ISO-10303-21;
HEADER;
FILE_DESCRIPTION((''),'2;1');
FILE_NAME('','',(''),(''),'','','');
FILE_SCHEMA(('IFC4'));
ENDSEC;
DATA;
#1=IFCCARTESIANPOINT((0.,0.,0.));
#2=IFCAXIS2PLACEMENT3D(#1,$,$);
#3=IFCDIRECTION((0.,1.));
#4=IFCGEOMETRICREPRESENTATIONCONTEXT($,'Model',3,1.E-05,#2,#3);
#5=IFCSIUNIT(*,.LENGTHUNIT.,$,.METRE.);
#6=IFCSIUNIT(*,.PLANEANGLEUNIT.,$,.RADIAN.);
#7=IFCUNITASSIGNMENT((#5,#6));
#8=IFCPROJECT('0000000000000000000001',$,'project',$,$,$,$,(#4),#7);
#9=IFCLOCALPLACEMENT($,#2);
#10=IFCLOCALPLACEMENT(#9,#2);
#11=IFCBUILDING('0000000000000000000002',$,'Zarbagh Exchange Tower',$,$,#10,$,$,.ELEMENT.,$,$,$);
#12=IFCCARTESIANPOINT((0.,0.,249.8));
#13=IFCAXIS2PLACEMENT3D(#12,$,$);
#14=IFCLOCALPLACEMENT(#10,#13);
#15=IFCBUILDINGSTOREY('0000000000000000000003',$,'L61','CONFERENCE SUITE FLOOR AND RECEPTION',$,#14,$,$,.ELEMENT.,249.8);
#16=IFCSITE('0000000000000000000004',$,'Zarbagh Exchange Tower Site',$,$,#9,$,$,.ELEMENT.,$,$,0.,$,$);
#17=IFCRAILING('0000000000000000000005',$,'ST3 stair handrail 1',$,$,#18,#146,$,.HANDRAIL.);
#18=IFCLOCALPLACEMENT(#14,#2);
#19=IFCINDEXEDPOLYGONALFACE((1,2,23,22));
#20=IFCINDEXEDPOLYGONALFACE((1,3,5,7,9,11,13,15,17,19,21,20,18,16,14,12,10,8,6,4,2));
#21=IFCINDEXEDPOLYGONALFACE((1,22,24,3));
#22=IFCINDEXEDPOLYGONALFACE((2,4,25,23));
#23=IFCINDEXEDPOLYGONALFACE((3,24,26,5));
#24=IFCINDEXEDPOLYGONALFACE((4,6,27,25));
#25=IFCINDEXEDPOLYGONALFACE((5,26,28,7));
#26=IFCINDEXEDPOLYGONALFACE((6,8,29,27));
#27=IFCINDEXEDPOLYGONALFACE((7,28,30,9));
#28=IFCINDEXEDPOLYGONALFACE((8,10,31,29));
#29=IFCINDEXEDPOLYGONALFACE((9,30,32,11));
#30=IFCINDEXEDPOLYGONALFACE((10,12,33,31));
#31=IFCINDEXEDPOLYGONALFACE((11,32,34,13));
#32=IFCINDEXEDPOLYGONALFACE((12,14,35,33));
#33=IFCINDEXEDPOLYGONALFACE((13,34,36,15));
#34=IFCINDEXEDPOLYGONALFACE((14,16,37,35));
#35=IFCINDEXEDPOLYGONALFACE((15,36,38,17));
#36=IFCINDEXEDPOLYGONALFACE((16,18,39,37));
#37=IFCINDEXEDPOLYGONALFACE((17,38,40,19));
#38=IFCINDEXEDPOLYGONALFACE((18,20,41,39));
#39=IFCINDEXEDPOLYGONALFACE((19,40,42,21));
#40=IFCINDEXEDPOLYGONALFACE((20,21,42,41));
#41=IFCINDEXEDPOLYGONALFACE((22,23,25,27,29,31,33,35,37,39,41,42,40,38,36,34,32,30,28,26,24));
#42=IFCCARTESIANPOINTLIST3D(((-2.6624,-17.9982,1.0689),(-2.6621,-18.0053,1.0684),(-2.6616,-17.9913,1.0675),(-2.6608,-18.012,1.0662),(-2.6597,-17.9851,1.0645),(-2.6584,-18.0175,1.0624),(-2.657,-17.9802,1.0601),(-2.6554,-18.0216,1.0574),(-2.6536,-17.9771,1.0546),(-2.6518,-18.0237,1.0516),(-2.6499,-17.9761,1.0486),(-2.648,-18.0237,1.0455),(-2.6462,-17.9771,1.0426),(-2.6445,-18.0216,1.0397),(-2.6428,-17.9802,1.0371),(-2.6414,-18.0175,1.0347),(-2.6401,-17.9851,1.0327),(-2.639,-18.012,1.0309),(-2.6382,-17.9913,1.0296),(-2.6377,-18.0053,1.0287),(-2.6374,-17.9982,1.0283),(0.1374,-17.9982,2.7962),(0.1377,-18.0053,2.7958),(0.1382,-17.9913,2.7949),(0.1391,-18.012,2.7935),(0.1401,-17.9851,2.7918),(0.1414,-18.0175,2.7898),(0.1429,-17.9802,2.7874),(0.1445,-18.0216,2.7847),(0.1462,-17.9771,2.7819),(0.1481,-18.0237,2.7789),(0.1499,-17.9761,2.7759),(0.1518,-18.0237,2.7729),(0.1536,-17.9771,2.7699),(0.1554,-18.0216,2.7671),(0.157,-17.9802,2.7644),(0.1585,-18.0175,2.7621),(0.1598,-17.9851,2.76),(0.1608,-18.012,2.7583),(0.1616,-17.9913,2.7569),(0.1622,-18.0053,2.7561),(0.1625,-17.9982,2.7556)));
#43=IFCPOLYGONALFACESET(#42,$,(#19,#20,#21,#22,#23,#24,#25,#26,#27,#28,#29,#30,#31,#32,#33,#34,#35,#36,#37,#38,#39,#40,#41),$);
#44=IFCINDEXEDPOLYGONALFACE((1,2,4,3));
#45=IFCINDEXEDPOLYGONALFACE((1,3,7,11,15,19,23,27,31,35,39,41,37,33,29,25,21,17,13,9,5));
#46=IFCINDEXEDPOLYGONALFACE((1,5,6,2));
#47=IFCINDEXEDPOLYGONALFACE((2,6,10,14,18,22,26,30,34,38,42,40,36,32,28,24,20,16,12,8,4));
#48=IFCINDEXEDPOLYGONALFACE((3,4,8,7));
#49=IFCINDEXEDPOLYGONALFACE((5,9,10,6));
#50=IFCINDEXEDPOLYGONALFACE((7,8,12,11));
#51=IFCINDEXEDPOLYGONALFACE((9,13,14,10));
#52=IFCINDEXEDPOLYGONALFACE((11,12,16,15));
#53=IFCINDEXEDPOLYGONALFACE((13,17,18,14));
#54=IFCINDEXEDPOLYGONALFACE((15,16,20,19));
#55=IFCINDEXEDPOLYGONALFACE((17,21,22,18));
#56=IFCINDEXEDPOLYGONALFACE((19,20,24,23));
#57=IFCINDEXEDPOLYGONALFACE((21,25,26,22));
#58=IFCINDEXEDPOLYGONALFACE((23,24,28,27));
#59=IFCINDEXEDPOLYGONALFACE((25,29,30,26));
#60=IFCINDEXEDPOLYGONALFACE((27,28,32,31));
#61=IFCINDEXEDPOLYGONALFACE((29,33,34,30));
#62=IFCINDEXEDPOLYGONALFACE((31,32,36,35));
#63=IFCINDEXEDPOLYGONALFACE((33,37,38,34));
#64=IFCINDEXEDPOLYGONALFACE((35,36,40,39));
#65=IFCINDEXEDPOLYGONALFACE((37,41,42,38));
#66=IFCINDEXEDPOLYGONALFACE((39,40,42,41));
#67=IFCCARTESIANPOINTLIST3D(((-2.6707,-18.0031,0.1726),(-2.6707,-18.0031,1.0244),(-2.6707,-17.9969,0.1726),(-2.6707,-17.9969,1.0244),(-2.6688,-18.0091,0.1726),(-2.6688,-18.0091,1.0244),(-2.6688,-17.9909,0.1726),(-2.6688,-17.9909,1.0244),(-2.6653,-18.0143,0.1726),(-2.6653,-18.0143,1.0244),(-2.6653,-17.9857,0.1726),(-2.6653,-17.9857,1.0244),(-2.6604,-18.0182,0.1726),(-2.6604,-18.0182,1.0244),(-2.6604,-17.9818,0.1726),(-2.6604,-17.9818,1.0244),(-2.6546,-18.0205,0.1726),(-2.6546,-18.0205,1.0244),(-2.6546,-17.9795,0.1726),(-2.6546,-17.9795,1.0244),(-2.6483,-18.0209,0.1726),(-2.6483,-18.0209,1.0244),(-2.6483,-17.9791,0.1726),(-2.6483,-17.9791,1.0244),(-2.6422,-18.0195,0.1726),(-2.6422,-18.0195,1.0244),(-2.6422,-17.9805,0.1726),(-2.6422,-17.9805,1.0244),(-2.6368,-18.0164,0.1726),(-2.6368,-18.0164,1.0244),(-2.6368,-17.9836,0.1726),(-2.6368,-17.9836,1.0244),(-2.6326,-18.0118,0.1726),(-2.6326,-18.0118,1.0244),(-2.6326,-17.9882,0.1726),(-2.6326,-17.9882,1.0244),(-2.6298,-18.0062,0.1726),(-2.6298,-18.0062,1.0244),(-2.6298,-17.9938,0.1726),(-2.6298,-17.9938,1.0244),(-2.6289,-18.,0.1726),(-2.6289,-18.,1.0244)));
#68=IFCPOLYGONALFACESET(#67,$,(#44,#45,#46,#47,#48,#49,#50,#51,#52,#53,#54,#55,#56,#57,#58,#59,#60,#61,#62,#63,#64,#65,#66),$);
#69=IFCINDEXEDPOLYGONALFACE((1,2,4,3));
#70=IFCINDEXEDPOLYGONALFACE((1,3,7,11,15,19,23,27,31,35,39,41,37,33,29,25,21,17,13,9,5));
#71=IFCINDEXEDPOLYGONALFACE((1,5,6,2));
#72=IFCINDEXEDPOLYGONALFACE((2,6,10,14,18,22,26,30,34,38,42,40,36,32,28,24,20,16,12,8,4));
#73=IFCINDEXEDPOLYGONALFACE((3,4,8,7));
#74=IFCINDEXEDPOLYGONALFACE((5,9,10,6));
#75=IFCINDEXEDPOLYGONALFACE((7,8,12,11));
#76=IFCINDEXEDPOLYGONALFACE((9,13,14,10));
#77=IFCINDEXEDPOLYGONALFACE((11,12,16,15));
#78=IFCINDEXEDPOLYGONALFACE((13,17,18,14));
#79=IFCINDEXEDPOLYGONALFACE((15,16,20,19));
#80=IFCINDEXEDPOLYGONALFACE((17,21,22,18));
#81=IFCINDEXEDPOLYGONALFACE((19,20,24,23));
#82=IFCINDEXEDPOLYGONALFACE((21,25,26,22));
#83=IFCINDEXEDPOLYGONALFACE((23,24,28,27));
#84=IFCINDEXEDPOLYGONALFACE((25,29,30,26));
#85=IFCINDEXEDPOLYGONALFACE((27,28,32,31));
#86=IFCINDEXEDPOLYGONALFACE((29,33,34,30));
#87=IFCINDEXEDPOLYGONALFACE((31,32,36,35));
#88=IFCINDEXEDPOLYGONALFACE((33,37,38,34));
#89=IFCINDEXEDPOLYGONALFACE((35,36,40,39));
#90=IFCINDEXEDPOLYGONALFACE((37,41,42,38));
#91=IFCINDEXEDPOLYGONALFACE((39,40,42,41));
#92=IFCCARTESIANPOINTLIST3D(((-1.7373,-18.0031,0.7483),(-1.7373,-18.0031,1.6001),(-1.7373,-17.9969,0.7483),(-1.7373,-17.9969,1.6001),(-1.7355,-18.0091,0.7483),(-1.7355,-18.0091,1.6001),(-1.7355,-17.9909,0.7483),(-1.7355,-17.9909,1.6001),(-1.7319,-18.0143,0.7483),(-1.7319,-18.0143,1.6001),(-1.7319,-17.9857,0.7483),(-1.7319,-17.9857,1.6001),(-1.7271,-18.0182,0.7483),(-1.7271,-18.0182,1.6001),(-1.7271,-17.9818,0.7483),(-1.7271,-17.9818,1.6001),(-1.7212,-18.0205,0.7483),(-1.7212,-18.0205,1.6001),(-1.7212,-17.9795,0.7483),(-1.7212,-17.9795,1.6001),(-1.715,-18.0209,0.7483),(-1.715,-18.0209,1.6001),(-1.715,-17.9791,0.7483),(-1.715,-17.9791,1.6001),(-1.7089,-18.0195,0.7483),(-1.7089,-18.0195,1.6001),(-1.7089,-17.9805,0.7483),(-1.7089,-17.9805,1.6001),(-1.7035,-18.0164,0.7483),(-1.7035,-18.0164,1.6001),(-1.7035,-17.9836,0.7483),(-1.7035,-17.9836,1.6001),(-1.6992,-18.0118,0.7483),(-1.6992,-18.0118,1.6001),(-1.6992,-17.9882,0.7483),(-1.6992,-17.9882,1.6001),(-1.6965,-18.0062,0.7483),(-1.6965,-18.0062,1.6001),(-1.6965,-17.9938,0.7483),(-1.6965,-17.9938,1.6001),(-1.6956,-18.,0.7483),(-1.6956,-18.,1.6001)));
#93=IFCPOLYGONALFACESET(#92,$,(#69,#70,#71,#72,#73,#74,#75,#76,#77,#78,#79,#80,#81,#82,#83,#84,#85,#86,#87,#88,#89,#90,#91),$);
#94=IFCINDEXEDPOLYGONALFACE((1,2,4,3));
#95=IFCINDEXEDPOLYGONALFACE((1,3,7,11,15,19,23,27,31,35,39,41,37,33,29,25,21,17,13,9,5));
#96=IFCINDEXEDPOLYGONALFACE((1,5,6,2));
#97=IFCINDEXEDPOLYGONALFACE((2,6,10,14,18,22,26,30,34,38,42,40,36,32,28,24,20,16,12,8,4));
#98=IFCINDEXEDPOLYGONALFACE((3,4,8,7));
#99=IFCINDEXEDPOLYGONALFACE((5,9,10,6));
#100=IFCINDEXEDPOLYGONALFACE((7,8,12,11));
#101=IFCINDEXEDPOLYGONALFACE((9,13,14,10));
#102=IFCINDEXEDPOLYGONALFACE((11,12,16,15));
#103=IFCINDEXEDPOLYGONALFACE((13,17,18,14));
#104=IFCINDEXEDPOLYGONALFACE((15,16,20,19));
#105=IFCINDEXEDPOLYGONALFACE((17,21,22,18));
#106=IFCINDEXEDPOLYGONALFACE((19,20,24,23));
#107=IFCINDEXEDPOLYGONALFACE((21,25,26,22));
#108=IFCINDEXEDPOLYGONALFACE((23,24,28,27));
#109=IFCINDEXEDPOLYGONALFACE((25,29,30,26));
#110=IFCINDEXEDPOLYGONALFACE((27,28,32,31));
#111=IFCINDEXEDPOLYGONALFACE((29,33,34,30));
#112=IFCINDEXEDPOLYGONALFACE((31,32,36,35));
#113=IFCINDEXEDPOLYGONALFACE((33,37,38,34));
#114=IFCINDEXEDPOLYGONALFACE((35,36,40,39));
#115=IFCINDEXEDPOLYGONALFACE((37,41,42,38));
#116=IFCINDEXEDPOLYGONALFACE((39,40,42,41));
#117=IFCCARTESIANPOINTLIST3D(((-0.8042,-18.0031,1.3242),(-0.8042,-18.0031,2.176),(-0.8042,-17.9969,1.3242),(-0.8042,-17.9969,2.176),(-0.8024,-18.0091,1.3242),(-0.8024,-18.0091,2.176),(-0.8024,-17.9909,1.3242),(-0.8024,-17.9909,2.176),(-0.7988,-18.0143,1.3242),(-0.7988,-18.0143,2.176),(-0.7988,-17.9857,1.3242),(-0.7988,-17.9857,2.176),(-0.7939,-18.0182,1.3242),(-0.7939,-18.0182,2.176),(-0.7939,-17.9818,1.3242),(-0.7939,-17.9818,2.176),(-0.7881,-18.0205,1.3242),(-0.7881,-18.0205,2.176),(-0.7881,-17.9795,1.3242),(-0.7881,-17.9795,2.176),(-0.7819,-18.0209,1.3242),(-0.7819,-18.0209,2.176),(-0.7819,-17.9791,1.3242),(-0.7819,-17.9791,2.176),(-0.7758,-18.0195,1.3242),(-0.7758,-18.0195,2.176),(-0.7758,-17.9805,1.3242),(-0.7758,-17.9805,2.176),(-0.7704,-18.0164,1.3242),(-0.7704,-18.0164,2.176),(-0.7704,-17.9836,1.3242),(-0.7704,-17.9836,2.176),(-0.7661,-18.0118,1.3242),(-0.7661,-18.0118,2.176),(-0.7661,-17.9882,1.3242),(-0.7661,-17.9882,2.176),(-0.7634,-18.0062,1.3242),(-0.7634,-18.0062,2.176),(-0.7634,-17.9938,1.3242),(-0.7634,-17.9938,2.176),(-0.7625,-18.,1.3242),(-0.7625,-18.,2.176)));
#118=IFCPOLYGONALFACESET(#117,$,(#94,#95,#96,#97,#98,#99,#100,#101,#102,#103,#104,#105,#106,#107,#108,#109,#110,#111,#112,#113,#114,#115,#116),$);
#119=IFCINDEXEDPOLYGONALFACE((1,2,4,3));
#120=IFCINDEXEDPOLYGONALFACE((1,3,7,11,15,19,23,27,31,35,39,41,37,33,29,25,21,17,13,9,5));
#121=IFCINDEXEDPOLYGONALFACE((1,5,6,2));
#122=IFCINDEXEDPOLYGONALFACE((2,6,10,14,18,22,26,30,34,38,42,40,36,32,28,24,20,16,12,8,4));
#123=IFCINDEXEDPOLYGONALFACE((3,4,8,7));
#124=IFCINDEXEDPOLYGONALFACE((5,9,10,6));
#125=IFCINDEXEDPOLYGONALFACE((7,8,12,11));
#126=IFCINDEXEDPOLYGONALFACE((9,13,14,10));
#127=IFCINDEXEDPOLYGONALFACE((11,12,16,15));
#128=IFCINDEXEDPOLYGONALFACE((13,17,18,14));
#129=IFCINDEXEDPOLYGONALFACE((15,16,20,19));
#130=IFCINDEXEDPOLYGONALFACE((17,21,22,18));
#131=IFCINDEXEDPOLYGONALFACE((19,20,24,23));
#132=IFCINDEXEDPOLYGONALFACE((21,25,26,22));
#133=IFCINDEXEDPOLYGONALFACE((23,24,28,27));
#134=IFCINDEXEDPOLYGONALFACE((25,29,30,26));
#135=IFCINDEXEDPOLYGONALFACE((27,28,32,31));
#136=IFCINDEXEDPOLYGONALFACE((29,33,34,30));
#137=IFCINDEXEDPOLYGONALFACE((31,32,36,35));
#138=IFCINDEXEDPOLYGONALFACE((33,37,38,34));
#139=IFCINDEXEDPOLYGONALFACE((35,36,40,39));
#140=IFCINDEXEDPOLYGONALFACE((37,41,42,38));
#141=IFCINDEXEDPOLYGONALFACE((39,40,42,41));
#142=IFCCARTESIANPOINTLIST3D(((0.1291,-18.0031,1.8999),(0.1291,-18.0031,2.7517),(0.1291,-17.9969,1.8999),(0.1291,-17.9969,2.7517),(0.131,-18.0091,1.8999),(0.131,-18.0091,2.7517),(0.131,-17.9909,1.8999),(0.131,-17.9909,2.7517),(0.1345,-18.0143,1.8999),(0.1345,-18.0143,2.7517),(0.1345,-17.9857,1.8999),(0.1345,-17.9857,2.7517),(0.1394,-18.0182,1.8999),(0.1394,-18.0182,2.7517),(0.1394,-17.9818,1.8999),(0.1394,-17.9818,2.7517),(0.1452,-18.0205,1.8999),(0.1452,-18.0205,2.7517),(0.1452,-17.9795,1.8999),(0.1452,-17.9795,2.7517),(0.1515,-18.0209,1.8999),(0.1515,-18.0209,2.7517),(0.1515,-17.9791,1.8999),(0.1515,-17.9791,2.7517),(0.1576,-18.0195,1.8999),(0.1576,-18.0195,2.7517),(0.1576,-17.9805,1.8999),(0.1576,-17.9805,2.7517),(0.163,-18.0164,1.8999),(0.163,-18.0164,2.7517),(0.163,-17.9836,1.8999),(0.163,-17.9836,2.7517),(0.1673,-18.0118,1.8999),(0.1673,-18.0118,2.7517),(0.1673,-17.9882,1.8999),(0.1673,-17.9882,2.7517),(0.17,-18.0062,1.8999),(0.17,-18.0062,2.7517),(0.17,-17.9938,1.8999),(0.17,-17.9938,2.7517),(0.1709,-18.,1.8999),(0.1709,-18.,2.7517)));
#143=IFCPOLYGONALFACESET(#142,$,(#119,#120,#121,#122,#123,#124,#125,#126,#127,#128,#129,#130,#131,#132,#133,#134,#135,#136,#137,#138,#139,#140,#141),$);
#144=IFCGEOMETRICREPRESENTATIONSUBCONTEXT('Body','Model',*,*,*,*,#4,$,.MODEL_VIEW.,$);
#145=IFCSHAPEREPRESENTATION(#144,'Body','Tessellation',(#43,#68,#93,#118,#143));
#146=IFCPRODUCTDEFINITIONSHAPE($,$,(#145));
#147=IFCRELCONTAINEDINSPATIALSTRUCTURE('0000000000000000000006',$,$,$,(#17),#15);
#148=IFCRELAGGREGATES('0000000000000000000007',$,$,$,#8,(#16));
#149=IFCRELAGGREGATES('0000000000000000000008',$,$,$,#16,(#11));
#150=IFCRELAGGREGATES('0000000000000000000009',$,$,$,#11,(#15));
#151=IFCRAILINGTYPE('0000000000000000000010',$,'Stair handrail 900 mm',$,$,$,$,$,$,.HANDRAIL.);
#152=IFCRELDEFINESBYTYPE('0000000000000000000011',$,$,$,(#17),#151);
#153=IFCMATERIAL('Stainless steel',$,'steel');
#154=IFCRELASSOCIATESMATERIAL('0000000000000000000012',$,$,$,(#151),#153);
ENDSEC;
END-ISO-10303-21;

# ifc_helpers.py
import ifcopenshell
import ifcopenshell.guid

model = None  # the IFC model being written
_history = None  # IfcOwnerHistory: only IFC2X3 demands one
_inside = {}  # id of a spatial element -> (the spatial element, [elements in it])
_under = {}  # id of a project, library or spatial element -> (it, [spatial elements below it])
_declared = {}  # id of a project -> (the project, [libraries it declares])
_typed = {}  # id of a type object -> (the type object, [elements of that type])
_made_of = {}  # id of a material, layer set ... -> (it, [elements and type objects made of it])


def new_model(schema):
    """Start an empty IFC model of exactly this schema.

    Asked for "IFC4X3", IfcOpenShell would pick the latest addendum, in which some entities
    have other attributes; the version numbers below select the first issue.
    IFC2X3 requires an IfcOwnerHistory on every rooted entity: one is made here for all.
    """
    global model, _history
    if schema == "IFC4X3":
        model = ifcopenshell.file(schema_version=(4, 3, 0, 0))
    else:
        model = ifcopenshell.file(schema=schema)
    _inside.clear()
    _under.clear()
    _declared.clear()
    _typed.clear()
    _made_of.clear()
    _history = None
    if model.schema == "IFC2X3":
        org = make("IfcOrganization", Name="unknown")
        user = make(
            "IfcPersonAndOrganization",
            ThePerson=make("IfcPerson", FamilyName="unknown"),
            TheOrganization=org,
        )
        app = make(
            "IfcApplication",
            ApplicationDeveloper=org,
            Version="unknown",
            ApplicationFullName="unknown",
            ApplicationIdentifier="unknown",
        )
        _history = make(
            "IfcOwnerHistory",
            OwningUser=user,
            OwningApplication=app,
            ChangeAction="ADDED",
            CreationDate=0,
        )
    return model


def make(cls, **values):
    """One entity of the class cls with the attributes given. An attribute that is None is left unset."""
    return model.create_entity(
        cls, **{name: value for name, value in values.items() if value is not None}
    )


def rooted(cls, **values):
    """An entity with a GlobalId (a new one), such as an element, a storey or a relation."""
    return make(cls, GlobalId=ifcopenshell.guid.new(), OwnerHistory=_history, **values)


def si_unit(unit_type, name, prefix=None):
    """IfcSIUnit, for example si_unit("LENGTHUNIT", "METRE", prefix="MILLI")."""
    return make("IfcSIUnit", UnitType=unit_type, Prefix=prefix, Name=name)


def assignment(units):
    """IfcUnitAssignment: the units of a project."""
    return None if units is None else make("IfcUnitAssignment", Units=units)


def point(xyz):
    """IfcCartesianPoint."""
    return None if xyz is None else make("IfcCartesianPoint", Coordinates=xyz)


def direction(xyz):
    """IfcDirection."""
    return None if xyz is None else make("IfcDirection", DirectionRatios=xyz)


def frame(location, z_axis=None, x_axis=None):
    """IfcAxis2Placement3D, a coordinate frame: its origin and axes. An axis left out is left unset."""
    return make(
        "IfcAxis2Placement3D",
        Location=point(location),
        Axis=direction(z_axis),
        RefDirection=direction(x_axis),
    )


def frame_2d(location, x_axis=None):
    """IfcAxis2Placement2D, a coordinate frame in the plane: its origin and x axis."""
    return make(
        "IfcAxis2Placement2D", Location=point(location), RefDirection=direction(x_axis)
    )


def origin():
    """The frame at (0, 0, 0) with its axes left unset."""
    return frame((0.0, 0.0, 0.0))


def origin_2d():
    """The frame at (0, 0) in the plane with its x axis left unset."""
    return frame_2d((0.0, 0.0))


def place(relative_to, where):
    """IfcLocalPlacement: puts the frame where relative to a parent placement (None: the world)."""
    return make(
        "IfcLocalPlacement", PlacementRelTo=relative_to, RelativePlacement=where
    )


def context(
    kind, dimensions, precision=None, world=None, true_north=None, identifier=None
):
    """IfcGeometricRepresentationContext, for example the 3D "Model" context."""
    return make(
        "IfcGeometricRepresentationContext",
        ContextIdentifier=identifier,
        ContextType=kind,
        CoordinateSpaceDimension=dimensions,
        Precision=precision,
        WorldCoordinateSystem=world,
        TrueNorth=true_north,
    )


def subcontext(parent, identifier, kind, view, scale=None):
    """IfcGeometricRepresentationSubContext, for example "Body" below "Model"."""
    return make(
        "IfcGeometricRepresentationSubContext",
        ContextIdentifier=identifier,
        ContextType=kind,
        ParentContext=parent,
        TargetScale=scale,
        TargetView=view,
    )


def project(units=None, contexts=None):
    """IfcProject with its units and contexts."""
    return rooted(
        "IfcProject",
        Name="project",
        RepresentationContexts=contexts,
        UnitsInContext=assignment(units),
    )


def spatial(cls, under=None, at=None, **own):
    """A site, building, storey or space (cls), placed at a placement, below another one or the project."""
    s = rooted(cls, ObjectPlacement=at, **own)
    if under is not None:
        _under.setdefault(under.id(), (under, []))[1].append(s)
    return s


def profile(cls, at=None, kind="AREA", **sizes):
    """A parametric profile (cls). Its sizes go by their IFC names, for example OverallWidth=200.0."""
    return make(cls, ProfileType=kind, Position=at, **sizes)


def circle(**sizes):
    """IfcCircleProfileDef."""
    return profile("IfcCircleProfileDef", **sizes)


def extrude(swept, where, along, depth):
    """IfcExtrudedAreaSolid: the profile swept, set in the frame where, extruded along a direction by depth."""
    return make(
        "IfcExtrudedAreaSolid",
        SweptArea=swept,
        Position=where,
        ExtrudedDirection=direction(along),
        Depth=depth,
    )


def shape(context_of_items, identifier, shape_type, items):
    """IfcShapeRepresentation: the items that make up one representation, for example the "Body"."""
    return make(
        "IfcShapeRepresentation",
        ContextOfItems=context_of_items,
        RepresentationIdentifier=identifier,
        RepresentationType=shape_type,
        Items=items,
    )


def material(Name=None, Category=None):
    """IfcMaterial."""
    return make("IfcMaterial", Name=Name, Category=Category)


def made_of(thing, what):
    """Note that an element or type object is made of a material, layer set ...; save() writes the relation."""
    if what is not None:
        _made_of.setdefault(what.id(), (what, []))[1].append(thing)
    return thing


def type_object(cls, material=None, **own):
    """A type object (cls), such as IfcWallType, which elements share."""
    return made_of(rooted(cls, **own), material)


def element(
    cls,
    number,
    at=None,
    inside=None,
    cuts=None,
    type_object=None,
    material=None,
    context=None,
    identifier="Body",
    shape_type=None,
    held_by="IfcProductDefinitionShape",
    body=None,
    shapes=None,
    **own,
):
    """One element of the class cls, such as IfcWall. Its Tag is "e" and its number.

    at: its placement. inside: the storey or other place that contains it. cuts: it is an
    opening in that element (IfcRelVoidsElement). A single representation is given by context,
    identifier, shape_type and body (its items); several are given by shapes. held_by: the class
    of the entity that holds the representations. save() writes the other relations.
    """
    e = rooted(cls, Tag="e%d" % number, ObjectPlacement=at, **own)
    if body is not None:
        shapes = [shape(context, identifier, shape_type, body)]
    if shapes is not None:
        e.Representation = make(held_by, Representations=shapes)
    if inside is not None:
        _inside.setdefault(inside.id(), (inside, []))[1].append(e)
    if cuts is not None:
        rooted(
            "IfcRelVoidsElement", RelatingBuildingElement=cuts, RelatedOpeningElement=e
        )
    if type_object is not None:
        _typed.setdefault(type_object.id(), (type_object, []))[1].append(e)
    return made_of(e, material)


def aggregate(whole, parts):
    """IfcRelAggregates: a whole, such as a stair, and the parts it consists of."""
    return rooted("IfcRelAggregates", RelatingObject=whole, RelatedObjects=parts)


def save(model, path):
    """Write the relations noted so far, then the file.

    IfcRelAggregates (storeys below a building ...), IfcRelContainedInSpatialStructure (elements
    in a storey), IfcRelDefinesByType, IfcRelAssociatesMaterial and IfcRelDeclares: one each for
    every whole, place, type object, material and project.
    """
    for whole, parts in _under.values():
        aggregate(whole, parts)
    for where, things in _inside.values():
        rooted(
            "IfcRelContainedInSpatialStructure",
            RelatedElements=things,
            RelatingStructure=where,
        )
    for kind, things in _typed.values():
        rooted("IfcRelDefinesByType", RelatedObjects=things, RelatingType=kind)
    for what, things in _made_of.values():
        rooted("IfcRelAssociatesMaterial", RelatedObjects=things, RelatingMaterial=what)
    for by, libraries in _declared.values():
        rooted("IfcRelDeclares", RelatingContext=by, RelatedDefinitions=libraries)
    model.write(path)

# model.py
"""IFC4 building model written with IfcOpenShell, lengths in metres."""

from ifc_helpers import new_model, si_unit, direction, frame, origin, origin_2d, place, context, subcontext, project, spatial, circle, extrude, material, type_object, element, save


model = new_model("IFC4")

# Units and contexts
model_context = context("Model", 3, precision=1e-05, world=origin(), true_north=direction((0.0, 1.0)))
body_context = subcontext(model_context, "Body", "Model", "MODEL_VIEW")
ifc_project = project(units=[si_unit("LENGTHUNIT", "METRE"), si_unit("PLANEANGLEUNIT", "RADIAN")], contexts=[model_context])

# Site, building, storey
site_placement = place(None, origin())
site = spatial("IfcSite", under=ifc_project, at=site_placement, Name="Zarbagh Exchange Tower Site", CompositionType="ELEMENT", RefElevation=0.0)
building_placement = place(site_placement, origin())
building = spatial("IfcBuilding", under=site, at=building_placement, Name="Zarbagh Exchange Tower", CompositionType="ELEMENT")
storey_placement = place(building_placement, frame((0.0, 0.0, 249.8)))
storey = spatial("IfcBuildingStorey", under=building, at=storey_placement, Name="L61", Description="CONFERENCE SUITE FLOOR AND RECEPTION", CompositionType="ELEMENT", Elevation=249.8)

# Railing
ifc_material_1 = material(Name="Stainless steel", Category="steel")
railing_type = type_object("IfcRailingType", Name="Stair handrail 900 mm", PredefinedType="HANDRAIL", material=ifc_material_1)
railing_placement = place(storey_placement, frame((-2.6499, -18.0, 0.1726)))
element("IfcRailing", 1, at=railing_placement, inside=storey, type_object=railing_type, Name="ST3 stair handrail 1", PredefinedType="HANDRAIL", context=body_context, shape_type="SweptSolid", body=[
    extrude(circle(Radius=0.0239, at=origin_2d()), frame((0.0, 0.0, 0.876), z_axis=(0.851069, 0.0, 0.525054), x_axis=(0.0, 1.0, 0.0)), (0.0, 0.0, 1.0), 3.2898),
    extrude(circle(Radius=0.021, at=origin_2d()), origin(), (0.0, 0.0, 1.0), 0.8518),
    extrude(circle(Radius=0.021, at=origin_2d()), frame((0.9333, 0.0, 0.5757)), (0.0, 0.0, 1.0), 0.8518),
    extrude(circle(Radius=0.021, at=origin_2d()), frame((1.8665, 0.0, 1.1516)), (0.0, 0.0, 1.0), 0.8518),
    extrude(circle(Radius=0.021, at=origin_2d()), frame((2.7998, 0.0, 1.7273)), (0.0, 0.0, 1.0), 0.8518),
])

save(model, "model.ifc")
